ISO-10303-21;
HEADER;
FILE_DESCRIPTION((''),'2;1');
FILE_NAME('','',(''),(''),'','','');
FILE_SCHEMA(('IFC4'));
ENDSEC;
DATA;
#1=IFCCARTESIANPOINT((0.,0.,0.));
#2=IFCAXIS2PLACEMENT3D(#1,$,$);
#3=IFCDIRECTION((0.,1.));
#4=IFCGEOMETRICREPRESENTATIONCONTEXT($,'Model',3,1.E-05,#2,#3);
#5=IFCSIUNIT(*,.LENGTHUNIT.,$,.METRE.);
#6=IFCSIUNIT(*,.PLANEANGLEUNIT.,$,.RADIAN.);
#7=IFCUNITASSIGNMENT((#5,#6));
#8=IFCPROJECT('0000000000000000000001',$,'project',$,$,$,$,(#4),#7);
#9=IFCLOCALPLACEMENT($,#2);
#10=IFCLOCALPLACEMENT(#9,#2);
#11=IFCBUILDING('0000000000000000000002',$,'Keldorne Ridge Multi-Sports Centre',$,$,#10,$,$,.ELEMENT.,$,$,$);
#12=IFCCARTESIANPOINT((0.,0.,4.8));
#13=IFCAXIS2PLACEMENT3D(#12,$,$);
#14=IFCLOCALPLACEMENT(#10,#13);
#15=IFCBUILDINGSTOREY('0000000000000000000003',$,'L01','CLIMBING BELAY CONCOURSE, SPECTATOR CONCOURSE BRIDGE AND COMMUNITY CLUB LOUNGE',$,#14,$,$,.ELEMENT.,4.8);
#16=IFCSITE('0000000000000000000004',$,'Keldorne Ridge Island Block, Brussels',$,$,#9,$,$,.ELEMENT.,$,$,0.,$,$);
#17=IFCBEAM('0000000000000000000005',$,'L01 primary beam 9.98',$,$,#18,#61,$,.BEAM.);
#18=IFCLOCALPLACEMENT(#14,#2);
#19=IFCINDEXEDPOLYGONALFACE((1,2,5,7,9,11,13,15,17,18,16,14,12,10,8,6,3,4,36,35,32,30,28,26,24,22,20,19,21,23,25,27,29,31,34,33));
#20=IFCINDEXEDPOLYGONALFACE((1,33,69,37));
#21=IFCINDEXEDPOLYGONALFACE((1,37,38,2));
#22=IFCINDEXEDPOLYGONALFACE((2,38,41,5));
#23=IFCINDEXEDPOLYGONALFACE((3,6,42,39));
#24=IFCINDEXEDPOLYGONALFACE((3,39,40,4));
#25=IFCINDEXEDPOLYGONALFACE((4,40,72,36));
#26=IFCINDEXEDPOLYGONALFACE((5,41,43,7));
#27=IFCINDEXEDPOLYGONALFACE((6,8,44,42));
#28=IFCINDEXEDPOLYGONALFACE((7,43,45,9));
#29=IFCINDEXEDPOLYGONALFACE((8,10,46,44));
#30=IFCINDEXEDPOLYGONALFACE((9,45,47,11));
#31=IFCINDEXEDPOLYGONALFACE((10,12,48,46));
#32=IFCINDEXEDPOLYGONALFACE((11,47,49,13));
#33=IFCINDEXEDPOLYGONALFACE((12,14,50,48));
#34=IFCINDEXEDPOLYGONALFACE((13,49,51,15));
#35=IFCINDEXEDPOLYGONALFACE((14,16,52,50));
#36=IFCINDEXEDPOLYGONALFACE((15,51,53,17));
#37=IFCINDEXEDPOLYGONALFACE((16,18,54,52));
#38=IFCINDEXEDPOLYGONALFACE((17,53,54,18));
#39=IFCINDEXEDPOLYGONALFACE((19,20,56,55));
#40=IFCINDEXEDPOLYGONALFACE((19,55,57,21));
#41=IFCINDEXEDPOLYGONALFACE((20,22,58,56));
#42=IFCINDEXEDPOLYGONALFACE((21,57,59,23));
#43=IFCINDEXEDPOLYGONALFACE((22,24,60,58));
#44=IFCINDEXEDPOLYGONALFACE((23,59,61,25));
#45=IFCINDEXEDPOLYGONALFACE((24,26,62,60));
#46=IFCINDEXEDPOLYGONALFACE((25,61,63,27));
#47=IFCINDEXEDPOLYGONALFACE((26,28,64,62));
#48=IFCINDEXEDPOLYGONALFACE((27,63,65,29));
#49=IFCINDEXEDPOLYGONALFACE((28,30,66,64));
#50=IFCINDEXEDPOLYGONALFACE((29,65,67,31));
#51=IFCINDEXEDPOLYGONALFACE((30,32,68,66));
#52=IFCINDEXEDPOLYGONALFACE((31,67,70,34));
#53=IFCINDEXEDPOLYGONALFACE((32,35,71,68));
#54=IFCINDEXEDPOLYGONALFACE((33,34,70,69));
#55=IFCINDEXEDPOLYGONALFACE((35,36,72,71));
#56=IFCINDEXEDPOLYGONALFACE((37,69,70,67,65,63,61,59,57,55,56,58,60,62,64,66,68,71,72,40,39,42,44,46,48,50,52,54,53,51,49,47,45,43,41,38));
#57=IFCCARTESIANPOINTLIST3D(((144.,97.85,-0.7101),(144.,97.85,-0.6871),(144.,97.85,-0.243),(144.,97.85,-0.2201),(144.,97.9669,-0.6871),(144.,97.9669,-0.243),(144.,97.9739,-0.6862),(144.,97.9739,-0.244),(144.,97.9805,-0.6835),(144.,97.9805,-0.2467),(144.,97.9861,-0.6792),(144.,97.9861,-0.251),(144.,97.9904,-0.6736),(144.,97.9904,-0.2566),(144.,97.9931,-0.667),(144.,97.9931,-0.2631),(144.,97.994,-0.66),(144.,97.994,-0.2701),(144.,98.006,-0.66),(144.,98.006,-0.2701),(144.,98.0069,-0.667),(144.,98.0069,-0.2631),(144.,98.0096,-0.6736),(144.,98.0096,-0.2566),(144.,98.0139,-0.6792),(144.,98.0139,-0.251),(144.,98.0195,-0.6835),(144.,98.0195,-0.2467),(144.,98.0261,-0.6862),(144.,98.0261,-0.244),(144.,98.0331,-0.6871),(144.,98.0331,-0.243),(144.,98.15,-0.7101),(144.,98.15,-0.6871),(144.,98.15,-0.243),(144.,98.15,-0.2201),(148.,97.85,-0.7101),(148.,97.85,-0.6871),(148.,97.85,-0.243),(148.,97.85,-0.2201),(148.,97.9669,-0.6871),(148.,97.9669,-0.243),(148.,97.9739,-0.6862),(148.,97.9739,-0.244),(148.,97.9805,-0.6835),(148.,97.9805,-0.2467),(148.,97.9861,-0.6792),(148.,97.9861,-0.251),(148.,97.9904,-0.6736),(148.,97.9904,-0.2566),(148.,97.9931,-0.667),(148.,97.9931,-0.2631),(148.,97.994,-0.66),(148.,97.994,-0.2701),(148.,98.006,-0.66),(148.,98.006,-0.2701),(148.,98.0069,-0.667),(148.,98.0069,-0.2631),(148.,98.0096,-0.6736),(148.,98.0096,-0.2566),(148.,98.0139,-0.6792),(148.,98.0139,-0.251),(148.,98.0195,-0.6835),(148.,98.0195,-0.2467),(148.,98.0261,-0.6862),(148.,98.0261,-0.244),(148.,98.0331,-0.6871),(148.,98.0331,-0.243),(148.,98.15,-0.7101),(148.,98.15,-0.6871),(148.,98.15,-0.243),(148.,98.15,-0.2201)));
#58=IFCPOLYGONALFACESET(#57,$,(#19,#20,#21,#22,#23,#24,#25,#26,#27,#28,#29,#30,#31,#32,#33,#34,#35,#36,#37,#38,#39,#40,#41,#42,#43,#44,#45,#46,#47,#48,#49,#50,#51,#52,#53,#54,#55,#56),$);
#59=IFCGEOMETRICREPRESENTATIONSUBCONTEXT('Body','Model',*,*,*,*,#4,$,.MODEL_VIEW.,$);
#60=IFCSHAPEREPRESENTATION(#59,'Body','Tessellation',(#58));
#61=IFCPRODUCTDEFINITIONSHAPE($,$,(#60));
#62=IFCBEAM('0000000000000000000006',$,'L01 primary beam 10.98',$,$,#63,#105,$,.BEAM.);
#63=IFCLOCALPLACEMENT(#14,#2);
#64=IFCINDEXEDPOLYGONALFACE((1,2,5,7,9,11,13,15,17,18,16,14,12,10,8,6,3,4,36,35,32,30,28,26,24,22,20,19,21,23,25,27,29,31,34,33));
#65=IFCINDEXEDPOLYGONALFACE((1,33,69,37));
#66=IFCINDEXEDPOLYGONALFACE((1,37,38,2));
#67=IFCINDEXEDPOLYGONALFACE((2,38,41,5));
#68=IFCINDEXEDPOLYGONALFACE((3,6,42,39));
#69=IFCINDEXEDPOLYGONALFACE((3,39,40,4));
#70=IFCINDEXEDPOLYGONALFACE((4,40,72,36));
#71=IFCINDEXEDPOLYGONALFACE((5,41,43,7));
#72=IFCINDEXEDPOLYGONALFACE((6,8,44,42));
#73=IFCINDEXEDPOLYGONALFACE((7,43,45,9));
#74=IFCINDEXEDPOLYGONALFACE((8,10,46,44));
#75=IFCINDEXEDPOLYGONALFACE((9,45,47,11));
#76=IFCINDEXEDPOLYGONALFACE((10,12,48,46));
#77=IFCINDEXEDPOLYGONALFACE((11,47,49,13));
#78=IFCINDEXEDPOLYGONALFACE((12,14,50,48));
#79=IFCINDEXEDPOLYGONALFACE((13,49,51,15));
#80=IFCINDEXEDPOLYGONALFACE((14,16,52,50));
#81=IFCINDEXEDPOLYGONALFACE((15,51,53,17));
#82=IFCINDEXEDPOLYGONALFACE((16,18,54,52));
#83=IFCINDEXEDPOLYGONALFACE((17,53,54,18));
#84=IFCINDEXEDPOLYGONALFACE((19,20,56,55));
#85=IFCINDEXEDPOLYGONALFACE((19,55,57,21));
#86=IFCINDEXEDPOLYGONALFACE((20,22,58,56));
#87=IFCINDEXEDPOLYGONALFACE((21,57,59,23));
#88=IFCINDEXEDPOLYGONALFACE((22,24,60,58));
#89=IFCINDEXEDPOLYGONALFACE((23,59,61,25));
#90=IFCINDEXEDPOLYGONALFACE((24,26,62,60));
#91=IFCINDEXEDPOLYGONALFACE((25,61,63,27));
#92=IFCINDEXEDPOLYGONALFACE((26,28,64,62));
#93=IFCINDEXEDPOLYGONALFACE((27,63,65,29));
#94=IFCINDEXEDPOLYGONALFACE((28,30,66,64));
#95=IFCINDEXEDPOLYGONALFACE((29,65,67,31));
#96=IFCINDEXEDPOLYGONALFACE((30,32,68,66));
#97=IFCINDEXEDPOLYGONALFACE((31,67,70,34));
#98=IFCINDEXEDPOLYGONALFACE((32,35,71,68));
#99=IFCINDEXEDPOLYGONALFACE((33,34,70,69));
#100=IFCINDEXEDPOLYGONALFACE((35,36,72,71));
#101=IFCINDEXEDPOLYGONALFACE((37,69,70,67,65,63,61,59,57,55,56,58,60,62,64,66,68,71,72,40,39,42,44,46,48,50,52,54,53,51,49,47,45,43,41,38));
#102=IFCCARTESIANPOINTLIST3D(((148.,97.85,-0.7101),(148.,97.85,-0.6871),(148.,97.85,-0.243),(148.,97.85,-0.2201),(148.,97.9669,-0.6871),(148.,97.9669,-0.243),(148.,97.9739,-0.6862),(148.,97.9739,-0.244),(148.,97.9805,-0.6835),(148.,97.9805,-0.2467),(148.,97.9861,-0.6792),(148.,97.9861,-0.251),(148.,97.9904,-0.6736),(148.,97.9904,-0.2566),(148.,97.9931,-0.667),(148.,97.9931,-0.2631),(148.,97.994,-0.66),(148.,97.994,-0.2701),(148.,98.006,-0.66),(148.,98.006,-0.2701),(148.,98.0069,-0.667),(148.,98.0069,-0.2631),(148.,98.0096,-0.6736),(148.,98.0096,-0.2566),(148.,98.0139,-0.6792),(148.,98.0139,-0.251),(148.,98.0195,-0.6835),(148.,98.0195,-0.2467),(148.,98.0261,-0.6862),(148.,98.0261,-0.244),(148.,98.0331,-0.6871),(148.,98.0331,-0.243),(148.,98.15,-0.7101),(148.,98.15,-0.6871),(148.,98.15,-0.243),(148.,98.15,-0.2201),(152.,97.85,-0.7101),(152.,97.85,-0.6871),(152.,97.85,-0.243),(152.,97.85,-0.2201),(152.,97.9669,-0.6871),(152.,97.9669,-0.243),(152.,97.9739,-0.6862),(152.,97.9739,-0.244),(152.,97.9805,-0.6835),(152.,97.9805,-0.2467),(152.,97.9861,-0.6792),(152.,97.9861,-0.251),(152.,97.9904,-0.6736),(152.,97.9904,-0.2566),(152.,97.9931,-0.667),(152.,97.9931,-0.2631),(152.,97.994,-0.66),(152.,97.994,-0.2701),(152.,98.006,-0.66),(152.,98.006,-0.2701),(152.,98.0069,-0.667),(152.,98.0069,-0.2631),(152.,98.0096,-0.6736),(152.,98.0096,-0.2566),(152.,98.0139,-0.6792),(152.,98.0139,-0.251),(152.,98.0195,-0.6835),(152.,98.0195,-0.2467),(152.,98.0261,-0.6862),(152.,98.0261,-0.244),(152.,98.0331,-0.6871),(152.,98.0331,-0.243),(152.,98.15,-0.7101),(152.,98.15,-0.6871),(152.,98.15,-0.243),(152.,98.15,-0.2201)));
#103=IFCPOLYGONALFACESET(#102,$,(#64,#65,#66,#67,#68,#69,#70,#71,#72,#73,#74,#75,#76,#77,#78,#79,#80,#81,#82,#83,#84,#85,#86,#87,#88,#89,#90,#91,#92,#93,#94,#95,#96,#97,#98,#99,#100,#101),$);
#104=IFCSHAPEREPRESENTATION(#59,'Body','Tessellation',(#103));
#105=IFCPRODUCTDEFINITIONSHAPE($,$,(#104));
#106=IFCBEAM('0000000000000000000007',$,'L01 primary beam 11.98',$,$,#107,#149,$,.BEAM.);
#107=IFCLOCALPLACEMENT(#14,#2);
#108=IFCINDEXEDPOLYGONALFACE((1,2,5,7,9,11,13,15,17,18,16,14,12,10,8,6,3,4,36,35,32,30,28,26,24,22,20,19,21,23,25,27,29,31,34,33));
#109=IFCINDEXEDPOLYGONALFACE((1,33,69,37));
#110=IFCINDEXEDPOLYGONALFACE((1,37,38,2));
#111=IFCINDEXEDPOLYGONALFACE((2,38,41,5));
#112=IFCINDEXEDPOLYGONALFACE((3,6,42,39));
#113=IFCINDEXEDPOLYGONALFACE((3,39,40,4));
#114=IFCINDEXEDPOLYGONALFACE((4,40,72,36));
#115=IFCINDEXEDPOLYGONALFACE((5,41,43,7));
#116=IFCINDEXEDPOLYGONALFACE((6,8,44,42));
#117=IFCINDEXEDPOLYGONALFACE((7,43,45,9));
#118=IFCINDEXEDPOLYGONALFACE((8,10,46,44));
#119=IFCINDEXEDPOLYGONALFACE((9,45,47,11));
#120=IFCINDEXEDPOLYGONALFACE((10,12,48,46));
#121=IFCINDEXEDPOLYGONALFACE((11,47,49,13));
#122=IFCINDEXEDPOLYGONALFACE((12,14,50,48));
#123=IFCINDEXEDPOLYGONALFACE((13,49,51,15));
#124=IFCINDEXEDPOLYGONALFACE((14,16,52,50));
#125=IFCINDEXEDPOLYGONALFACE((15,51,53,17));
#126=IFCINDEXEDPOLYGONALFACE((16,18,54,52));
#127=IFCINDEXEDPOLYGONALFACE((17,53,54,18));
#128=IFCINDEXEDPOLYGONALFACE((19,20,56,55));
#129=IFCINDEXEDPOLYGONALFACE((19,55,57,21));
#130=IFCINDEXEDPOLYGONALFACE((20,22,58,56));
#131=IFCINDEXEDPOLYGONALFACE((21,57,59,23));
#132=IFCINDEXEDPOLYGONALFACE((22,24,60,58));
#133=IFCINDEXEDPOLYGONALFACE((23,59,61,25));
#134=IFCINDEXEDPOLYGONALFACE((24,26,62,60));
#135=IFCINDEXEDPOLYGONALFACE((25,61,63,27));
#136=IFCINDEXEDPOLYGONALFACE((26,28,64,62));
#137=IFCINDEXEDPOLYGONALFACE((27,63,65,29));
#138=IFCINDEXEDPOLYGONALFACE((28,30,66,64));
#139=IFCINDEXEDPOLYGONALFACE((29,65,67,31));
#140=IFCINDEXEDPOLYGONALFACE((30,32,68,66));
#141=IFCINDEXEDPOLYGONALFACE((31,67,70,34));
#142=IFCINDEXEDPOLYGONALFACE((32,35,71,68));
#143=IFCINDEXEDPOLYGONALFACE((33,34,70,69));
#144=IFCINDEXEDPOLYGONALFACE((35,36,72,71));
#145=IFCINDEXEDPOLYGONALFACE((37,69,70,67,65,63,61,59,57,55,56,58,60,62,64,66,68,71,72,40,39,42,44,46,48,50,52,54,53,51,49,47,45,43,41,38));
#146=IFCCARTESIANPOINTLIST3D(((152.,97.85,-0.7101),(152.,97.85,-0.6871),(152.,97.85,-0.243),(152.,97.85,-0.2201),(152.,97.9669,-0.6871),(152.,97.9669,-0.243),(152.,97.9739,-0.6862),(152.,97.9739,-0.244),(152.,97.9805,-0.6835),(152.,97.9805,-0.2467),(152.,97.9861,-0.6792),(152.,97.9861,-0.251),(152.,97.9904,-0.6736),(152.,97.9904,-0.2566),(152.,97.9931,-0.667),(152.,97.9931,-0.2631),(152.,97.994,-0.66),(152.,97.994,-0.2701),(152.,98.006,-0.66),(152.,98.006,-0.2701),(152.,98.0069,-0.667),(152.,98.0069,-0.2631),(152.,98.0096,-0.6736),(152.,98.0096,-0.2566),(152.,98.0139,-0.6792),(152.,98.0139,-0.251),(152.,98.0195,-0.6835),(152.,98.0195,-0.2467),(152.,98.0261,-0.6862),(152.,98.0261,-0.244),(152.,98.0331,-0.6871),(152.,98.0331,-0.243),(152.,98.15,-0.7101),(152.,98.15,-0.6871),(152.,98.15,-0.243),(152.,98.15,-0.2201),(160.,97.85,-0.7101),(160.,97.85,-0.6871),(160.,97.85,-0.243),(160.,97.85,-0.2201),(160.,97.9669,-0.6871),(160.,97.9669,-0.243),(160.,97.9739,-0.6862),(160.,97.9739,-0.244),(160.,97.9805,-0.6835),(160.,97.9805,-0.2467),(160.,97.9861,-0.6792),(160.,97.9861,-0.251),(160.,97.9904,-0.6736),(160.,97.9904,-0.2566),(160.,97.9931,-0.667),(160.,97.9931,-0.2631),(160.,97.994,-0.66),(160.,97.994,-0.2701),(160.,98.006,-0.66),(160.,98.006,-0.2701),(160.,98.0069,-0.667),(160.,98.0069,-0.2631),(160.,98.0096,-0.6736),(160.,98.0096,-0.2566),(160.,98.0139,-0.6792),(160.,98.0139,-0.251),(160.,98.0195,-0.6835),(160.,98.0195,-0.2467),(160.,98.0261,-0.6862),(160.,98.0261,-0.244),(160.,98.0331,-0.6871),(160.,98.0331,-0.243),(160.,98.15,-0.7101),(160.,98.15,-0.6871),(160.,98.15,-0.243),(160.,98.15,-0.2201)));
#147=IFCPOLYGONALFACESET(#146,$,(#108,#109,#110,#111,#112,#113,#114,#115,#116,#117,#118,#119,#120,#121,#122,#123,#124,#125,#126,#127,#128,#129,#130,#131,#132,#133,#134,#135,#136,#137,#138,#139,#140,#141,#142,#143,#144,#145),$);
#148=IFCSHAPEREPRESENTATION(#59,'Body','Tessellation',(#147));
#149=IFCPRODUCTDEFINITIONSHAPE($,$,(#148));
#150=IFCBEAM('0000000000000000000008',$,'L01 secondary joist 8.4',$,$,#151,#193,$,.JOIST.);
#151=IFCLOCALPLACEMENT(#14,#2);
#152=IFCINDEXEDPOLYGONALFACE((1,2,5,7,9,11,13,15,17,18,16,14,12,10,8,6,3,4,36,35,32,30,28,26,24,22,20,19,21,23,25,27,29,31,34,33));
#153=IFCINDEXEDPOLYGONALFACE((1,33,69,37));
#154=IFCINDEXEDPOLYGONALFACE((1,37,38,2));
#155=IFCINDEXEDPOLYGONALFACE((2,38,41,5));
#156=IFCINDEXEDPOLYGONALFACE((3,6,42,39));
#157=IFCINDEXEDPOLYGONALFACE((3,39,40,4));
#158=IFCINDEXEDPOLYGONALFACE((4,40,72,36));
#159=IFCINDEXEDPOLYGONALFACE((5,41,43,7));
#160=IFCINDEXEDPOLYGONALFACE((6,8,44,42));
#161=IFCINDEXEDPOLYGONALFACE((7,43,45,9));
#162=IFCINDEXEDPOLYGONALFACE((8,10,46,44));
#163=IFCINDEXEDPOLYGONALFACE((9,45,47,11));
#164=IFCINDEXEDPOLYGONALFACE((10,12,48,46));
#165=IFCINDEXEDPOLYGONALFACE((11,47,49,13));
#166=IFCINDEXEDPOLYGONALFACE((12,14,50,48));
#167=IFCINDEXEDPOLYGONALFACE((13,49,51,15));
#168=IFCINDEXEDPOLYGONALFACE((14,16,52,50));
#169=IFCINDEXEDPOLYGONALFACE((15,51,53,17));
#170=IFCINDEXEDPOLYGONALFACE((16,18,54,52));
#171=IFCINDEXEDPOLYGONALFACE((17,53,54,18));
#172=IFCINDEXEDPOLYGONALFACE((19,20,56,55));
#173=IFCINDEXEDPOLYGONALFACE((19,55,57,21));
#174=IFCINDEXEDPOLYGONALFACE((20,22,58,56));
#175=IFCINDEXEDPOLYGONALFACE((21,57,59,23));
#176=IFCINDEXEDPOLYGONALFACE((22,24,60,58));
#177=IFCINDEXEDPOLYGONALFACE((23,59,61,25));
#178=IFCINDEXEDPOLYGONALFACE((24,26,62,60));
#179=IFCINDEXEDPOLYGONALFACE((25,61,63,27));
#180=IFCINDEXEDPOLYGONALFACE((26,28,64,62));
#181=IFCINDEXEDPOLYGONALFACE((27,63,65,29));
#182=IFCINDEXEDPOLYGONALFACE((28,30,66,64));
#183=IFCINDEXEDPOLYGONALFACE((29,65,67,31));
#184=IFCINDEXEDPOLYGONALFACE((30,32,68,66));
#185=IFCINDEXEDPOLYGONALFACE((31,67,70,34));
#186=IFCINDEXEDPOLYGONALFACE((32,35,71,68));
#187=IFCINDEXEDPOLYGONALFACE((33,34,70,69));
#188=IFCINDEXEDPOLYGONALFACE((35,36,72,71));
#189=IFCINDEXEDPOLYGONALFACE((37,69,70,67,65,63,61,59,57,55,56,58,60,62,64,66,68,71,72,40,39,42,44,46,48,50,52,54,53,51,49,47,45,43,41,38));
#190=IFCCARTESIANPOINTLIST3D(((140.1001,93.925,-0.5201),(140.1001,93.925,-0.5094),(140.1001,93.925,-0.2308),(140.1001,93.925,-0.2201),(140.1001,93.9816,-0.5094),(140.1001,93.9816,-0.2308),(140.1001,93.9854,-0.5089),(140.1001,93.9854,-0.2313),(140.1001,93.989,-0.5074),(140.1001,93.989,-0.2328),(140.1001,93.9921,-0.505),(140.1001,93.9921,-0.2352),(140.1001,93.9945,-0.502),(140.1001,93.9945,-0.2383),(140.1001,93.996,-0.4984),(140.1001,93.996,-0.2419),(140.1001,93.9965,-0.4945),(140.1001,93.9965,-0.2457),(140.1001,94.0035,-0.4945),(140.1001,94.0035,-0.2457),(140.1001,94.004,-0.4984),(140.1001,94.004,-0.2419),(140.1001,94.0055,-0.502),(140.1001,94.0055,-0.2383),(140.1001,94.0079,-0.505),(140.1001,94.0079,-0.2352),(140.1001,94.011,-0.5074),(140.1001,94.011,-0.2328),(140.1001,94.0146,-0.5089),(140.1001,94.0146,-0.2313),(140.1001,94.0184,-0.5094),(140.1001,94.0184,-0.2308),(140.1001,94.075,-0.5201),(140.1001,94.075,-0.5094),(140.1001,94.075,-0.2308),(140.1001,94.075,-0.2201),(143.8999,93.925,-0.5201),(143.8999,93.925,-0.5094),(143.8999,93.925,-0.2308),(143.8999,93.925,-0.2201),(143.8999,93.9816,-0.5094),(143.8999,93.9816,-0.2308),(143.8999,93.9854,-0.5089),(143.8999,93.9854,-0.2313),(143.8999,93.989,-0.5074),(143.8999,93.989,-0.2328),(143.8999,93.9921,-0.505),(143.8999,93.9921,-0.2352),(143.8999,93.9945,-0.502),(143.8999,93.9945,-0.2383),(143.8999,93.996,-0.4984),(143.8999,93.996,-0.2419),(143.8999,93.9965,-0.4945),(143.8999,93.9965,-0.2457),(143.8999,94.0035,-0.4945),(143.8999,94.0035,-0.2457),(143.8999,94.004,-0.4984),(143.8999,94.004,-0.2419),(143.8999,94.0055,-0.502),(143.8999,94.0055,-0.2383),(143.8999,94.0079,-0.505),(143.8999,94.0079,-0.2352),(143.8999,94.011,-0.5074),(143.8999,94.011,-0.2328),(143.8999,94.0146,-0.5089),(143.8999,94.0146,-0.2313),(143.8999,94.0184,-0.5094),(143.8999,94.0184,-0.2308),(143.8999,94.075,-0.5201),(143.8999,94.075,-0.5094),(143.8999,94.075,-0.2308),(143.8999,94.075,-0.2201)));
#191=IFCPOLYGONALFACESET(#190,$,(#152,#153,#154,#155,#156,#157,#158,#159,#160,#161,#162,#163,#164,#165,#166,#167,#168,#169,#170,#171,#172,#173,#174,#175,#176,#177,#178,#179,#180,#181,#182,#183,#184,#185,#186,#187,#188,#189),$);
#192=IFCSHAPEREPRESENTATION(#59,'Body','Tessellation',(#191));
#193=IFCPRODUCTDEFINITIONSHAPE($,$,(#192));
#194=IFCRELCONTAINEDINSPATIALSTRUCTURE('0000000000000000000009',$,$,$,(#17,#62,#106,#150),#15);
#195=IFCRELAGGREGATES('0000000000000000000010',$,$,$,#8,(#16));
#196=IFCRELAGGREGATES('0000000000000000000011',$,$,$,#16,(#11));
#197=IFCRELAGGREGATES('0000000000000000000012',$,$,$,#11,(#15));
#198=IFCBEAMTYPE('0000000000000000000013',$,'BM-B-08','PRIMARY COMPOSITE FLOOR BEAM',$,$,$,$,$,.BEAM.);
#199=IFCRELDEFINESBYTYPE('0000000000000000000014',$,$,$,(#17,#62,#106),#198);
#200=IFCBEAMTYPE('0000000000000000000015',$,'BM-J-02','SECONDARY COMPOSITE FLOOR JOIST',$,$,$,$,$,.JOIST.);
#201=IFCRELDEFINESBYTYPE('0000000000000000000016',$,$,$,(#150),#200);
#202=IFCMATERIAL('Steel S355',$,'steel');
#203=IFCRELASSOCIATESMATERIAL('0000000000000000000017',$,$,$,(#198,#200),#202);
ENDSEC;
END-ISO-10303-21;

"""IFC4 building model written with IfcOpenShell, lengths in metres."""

from ifc_helpers import new_model, si_unit, direction, frame, origin, origin_2d, place, context, subcontext, project, spatial, i_section, extrude, material, material_profile, profile_set, type_object, element, save


model = new_model("IFC4")

# Units and contexts
model_context = context("Model", 3, precision=1e-05, world=origin(), true_north=direction((0.0, 1.0)))
body_context = subcontext(model_context, "Body", "Model", "MODEL_VIEW")
ifc_project = project(units=[si_unit("LENGTHUNIT", "METRE"), si_unit("PLANEANGLEUNIT", "RADIAN")], contexts=[model_context])

# Site, building, storey
site_placement = place(None, origin())
site = spatial("IfcSite", under=ifc_project, at=site_placement, Name="Keldorne Ridge Island Block, Brussels", CompositionType="ELEMENT", RefElevation=0.0)
building_placement = place(site_placement, origin())
building = spatial("IfcBuilding", under=site, at=building_placement, Name="Keldorne Ridge Multi-Sports Centre", CompositionType="ELEMENT")
storey_placement = place(building_placement, frame((0.0, 0.0, 4.8)))
storey = spatial("IfcBuildingStorey", under=building, at=storey_placement, Name="L01", Description="CLIMBING BELAY CONCOURSE, SPECTATOR CONCOURSE BRIDGE AND COMMUNITY CLUB LOUNGE", CompositionType="ELEMENT", Elevation=4.8)

# Shared definitions
ifc_material_1 = material(Name="Steel S355", Category="steel")

# Beams
ifc_material_profile_1 = material_profile(ifc_material_1, i_section(OverallWidth=0.3, OverallDepth=0.49, WebThickness=0.012, FlangeThickness=0.0229, FilletRadius=0.0271, at=origin_2d()), Name="HEA 500")
ifc_profile_set_1 = profile_set([ifc_material_profile_1], Name="Steel S355")
beam_type_1 = type_object("IfcBeamType", Name="BM-B-08", Description="PRIMARY COMPOSITE FLOOR BEAM", PredefinedType="BEAM", material=ifc_profile_set_1)
for number, where, z_axis, x_axis, name in (
    (1, (144.0, 98.0, -0.4651), (1.0, 0.0, 0.0), (0.0, 1.0, 0.0), "L01 primary beam 9.98"),
    (2, (148.0, 98.0, -0.4651), (1.0, 0.0, 0.0), (0.0, 1.0, 0.0), "L01 primary beam 10.98"),
):
    element("IfcBeam", number, at=place(storey_placement, frame(where, z_axis=z_axis, x_axis=x_axis)), inside=storey, type_object=beam_type_1, Name=name, PredefinedType="BEAM", context=body_context, shape_type="SweptSolid", body=[
        extrude(i_section(OverallWidth=0.3, OverallDepth=0.49, WebThickness=0.012, FlangeThickness=0.0229, FilletRadius=0.0271, at=origin_2d()), origin(), (0.0, 0.0, 1.0), 4.0),
    ])
beam_1_placement = place(storey_placement, frame((152.0, 98.0, -0.4651), z_axis=(1.0, 0.0, 0.0), x_axis=(0.0, 1.0, 0.0)))
element("IfcBeam", 3, at=beam_1_placement, inside=storey, type_object=beam_type_1, Name="L01 primary beam 11.98", PredefinedType="BEAM", context=body_context, shape_type="SweptSolid", body=[
    extrude(i_section(OverallWidth=0.3, OverallDepth=0.49, WebThickness=0.012, FlangeThickness=0.0229, FilletRadius=0.0271, at=origin_2d()), origin(), (0.0, 0.0, 1.0), 8.0),
])
ifc_material_profile_2 = material_profile(ifc_material_1, i_section(OverallWidth=0.1499, OverallDepth=0.3, WebThickness=0.0071, FlangeThickness=0.0107, FilletRadius=0.0149, at=origin_2d()), Name="IPE 300")
ifc_profile_set_2 = profile_set([ifc_material_profile_2], Name="Steel S355")
beam_type_2 = type_object("IfcBeamType", Name="BM-J-02", Description="SECONDARY COMPOSITE FLOOR JOIST", PredefinedType="JOIST", material=ifc_profile_set_2)
for number, where, z_axis, x_axis, name in (
    (4, (140.1001, 94.0, -0.3701), (1.0, 0.0, 0.0), (0.0, 1.0, 0.0), "L01 secondary joist 8.4"),
):
    element("IfcBeam", number, at=place(storey_placement, frame(where, z_axis=z_axis, x_axis=x_axis)), inside=storey, type_object=beam_type_2, Name=name, PredefinedType="JOIST", context=body_context, shape_type="SweptSolid", body=[
        extrude(i_section(OverallWidth=0.1499, OverallDepth=0.3, WebThickness=0.0071, FlangeThickness=0.0107, FilletRadius=0.0149, at=origin_2d()), origin(), (0.0, 0.0, 1.0), 3.7998),
    ])

save(model, "model.ifc")
